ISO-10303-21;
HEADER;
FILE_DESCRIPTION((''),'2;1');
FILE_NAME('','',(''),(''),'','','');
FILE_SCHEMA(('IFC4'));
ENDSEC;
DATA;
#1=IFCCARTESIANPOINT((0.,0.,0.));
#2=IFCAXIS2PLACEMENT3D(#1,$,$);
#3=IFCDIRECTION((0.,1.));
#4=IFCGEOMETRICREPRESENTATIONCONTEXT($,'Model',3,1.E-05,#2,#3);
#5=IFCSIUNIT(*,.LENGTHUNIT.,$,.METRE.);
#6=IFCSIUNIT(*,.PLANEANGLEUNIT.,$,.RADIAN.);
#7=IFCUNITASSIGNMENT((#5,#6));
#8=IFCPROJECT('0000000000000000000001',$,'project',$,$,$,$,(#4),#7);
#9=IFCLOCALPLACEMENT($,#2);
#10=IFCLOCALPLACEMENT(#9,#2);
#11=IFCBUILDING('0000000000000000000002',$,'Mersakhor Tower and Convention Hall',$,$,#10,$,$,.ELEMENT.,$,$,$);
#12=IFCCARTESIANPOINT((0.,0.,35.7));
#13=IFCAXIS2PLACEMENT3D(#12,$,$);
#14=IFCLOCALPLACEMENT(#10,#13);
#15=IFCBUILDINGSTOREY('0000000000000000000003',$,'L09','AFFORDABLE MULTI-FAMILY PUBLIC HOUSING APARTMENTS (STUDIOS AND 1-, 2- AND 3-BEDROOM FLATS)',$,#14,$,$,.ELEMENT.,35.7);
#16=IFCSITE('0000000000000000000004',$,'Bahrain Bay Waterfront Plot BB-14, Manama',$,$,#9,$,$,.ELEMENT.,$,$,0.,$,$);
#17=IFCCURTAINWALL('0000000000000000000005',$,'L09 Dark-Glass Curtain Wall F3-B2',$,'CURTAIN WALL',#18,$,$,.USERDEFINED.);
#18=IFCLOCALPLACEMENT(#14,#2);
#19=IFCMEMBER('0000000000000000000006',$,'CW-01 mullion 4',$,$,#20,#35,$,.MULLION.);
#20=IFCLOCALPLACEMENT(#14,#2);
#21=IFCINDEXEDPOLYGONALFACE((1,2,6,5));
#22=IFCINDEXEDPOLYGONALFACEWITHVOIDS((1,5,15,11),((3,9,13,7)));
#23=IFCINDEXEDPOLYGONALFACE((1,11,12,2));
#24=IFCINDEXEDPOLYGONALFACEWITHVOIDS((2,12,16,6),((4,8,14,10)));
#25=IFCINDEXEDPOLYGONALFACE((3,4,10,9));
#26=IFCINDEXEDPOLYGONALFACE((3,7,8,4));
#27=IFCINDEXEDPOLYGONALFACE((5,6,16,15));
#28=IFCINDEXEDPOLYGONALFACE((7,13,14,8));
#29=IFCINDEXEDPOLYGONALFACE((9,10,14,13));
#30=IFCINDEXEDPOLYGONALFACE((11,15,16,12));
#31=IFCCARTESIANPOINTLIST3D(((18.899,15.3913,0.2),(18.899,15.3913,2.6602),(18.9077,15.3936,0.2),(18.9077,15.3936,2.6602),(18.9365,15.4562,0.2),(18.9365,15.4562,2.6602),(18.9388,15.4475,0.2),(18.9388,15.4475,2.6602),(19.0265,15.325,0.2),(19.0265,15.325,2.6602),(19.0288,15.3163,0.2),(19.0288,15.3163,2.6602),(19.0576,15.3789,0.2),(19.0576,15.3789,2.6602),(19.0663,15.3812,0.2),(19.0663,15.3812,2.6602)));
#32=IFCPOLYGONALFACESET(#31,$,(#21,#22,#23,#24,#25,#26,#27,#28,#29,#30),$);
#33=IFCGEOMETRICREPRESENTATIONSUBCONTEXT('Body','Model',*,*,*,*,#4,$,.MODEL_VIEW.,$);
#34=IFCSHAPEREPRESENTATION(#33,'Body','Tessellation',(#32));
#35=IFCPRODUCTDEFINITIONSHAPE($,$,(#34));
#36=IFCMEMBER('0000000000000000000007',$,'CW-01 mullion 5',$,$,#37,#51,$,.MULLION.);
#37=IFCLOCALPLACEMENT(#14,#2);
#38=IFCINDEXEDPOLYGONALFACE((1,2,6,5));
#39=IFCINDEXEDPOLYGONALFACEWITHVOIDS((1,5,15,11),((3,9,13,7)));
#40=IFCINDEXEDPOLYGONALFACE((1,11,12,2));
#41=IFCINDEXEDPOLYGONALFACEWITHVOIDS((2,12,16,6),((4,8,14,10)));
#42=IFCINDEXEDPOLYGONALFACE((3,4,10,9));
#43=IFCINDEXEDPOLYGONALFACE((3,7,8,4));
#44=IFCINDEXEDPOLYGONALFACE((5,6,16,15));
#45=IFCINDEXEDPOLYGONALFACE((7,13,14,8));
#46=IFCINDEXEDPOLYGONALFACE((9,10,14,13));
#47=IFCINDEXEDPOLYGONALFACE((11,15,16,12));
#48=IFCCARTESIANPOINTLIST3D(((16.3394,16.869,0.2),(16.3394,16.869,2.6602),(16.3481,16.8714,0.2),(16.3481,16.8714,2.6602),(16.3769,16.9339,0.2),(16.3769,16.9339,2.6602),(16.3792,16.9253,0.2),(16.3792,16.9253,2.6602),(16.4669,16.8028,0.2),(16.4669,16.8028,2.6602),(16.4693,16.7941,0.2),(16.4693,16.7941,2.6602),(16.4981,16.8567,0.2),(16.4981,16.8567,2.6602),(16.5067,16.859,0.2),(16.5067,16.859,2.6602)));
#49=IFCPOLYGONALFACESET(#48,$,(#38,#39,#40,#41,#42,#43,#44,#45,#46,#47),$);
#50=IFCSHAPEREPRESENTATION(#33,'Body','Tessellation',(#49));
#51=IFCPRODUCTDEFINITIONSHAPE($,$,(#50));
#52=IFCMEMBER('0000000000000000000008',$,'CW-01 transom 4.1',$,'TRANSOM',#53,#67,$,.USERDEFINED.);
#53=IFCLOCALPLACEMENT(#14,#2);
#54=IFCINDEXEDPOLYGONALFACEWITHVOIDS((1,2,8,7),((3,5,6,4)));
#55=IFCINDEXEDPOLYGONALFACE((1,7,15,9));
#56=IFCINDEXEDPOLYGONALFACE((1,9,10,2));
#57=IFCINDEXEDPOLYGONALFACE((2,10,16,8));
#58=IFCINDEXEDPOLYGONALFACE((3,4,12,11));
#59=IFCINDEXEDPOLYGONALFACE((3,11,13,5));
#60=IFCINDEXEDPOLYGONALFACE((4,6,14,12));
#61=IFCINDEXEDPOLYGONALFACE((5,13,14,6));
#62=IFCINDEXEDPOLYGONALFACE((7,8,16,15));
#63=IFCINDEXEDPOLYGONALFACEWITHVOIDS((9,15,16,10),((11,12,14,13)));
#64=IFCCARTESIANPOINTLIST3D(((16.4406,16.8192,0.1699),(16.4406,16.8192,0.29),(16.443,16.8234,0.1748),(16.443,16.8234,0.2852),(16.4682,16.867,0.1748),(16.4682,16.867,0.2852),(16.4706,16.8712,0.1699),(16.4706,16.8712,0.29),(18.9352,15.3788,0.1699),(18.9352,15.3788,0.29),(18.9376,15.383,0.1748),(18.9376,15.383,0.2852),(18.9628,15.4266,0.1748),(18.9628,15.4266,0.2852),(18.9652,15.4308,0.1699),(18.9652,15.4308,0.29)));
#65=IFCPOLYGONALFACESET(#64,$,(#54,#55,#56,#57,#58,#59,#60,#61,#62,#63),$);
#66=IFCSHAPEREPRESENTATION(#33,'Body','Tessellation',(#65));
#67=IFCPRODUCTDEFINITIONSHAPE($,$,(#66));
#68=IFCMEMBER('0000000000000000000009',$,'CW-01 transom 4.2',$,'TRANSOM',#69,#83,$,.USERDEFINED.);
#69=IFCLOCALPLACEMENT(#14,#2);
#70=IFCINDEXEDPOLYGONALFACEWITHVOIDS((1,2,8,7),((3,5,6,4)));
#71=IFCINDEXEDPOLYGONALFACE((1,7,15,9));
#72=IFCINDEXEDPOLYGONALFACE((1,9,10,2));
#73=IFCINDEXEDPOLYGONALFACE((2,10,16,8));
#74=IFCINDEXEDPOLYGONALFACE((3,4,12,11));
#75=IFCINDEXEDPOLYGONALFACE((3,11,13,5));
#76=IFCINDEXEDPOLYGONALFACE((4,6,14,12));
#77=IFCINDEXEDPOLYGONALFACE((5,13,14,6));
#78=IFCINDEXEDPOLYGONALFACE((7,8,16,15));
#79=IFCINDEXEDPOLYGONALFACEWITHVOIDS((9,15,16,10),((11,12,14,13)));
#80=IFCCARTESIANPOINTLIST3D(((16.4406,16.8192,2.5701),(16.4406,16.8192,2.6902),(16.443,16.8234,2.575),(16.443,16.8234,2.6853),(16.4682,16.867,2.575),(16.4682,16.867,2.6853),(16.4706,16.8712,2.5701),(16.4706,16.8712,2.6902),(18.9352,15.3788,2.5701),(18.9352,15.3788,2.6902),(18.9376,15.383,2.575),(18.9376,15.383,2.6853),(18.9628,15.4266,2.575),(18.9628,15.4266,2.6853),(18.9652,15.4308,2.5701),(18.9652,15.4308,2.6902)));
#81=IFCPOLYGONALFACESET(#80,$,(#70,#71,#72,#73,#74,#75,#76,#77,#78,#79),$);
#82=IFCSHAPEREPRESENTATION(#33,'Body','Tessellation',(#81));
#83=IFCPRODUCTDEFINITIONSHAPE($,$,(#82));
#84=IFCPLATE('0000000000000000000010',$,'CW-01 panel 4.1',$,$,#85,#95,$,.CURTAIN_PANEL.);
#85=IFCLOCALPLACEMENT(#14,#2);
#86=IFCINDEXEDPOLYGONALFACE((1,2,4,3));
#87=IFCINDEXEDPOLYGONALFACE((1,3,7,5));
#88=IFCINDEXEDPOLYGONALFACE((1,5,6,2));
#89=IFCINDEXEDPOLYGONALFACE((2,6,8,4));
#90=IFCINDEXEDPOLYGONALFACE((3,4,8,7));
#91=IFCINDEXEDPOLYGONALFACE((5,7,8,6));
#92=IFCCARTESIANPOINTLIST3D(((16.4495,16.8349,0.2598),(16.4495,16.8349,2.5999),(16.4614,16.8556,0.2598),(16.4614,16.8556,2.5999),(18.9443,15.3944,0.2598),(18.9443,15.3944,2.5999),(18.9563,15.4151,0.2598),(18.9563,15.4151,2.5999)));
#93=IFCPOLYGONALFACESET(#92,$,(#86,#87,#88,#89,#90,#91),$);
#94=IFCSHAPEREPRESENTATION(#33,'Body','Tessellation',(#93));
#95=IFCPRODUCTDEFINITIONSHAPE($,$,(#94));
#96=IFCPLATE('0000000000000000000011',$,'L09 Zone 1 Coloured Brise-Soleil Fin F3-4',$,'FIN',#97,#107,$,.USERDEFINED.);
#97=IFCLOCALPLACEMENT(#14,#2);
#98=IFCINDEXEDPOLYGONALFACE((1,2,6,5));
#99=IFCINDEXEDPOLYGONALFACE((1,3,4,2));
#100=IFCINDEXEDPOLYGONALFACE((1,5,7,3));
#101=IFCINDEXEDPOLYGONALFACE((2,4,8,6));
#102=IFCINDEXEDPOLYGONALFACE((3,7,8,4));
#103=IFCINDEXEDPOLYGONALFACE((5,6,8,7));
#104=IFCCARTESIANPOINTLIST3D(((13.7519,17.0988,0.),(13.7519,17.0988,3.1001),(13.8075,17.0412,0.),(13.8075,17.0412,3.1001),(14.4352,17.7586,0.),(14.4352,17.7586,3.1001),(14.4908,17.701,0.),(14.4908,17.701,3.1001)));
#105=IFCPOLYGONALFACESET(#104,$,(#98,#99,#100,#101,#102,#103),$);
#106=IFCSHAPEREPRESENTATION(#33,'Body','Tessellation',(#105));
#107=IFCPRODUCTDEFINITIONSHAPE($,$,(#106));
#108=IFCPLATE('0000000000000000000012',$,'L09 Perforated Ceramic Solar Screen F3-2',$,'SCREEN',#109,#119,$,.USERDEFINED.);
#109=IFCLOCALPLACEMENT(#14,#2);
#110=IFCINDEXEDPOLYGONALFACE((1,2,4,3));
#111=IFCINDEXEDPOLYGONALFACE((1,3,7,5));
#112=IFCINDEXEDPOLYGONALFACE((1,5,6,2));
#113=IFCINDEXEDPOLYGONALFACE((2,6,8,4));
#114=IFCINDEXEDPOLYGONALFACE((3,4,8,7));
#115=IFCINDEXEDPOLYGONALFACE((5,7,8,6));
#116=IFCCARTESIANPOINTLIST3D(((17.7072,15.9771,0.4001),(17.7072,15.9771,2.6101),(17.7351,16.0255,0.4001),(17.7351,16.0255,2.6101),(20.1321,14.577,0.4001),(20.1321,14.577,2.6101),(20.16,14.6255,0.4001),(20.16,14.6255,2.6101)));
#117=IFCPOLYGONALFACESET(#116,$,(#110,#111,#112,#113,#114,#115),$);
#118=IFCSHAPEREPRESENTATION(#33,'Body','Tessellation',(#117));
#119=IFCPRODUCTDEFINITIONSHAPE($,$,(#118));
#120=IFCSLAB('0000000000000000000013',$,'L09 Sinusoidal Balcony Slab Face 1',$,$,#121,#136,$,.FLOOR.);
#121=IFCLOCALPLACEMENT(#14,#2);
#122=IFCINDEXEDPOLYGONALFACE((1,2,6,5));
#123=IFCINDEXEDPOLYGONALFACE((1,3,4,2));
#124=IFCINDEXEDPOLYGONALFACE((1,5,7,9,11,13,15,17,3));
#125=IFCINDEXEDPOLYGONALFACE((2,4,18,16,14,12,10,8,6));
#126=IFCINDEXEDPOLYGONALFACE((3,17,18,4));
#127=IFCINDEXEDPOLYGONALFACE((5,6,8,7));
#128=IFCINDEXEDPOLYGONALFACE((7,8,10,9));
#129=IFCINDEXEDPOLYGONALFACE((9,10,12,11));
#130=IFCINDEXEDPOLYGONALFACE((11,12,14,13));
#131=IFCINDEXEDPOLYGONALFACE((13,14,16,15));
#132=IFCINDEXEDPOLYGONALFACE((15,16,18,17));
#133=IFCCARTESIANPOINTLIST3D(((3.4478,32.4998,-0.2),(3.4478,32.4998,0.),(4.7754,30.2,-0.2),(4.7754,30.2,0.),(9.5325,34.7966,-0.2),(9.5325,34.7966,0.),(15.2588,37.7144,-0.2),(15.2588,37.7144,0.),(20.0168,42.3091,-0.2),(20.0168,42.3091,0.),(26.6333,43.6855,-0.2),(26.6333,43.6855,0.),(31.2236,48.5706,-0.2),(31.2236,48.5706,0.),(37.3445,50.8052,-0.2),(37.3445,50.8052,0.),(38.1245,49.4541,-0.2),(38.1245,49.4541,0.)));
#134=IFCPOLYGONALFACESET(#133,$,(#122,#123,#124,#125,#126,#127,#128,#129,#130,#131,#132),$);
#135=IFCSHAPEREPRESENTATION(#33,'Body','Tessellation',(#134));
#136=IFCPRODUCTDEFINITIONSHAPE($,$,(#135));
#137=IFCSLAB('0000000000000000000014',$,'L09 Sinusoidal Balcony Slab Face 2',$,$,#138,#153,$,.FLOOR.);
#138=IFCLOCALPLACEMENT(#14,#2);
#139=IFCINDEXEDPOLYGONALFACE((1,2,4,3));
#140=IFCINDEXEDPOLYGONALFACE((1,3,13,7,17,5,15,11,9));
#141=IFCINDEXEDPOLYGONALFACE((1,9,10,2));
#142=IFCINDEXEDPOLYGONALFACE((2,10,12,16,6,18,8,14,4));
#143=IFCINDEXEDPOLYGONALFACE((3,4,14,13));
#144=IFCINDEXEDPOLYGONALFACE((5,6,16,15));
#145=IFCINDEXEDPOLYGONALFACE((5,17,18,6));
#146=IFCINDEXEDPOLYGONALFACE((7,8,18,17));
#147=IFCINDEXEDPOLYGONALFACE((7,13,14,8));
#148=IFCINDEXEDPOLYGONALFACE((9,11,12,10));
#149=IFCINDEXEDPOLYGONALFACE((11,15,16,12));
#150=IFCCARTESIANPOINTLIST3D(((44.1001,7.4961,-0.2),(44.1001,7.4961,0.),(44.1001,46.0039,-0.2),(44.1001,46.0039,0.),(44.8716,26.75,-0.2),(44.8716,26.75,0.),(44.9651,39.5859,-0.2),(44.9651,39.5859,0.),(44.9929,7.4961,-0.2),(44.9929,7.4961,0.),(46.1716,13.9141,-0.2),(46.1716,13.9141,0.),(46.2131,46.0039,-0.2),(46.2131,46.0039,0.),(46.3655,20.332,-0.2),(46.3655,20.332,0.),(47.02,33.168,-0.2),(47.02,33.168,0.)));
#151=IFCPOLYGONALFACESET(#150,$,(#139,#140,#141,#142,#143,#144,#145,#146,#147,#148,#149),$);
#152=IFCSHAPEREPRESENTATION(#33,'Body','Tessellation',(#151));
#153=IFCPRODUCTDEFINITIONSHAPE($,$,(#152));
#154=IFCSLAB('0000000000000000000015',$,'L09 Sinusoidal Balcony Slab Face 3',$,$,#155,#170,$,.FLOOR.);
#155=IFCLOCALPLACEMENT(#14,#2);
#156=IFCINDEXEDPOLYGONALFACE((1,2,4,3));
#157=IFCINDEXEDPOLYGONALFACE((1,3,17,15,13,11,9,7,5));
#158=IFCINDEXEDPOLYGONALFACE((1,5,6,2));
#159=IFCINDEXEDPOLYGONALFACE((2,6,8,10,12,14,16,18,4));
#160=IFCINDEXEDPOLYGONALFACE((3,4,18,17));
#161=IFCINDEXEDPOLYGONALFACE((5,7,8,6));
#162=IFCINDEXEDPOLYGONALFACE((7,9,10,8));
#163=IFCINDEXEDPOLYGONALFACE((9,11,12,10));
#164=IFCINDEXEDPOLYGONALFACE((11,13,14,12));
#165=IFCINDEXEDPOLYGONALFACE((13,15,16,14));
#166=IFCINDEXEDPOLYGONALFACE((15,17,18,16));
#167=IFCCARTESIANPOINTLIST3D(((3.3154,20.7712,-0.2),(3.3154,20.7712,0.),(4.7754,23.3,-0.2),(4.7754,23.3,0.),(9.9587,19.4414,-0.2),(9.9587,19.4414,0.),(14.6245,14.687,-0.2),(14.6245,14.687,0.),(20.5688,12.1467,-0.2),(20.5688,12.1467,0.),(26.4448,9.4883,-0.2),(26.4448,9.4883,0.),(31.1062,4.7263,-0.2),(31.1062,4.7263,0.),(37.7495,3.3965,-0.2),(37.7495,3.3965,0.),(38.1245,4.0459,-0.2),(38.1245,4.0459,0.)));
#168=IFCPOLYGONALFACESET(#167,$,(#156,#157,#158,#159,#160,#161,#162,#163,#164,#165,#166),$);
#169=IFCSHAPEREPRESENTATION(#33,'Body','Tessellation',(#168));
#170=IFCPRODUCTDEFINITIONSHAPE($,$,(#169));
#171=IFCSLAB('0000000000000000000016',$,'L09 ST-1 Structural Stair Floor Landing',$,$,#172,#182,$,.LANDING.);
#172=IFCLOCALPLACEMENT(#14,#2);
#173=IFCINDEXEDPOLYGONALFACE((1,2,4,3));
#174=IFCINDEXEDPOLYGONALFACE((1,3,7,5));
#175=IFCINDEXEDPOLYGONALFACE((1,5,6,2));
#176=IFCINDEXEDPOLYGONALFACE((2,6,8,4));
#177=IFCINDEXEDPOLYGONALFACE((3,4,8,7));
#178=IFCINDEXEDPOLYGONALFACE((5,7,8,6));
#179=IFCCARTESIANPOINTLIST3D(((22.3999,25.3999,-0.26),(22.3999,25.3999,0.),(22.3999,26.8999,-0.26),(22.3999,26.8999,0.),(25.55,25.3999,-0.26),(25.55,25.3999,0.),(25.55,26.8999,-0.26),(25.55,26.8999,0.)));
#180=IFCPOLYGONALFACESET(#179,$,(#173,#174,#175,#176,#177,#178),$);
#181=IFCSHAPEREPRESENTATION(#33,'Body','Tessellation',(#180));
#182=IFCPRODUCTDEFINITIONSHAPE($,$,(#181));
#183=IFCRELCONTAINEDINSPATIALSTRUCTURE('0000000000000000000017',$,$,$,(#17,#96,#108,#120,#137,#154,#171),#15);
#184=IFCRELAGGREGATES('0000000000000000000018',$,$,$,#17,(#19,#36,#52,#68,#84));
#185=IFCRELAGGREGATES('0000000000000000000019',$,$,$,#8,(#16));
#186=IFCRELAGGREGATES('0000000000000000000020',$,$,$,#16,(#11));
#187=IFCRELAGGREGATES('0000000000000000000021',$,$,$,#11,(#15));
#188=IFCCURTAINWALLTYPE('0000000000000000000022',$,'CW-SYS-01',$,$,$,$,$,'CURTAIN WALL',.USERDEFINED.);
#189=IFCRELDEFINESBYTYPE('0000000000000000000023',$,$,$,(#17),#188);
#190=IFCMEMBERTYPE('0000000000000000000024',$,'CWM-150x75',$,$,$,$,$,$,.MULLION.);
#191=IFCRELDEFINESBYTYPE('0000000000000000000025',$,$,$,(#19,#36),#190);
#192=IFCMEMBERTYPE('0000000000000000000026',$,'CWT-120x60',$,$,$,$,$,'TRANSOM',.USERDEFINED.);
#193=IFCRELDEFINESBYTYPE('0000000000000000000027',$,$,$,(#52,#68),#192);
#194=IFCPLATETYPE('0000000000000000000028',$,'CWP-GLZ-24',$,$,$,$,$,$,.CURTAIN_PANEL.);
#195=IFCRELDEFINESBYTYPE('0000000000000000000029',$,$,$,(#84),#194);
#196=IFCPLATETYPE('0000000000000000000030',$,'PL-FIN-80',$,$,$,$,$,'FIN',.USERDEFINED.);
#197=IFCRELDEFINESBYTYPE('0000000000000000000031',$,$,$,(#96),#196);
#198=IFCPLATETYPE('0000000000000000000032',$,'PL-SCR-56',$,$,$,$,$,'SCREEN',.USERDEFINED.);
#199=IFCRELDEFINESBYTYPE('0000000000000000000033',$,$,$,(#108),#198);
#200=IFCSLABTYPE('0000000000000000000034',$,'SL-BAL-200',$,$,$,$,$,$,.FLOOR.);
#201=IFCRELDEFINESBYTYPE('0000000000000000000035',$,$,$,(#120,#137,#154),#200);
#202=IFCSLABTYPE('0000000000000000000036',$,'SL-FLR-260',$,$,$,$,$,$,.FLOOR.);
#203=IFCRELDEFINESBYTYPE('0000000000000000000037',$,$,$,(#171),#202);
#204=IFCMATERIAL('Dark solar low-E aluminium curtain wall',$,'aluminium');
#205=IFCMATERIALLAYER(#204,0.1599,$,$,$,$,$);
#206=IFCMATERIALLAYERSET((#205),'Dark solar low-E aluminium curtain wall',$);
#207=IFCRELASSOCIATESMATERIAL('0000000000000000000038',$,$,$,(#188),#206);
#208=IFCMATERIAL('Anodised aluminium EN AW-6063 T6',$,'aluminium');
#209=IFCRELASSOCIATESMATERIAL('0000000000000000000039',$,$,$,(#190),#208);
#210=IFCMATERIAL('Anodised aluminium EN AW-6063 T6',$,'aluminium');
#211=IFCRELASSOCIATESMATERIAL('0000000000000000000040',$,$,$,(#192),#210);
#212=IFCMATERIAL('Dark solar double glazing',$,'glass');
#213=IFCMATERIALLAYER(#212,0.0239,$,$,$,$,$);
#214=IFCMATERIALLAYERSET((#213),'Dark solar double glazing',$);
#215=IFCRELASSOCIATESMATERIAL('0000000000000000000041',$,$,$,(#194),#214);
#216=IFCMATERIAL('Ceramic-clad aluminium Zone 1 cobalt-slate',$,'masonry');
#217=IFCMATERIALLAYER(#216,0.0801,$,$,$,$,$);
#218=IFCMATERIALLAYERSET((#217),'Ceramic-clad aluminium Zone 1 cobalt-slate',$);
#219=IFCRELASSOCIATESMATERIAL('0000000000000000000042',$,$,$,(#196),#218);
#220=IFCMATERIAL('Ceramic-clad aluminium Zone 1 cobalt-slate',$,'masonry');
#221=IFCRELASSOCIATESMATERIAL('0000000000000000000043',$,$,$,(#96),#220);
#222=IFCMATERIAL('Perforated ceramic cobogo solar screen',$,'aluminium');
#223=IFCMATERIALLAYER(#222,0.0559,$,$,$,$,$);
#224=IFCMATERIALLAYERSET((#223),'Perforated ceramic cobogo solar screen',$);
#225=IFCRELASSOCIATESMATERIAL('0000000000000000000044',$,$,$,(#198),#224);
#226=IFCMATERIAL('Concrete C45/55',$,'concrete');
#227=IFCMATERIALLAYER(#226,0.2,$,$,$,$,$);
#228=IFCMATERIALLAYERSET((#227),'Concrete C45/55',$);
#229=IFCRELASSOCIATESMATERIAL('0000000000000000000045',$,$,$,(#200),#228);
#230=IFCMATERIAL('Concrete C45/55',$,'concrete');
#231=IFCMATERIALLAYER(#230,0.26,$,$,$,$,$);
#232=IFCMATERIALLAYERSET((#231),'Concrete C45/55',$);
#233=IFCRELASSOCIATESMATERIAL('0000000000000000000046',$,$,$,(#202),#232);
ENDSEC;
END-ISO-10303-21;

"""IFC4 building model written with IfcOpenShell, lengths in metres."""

from ifc_helpers import new_model, si_unit, direction, frame, origin, origin_2d, place, context, subcontext, project, spatial, polyline, rectangle, hollow_rectangle, outline, extrude, material, layer, layer_set, material_profile, profile_set, type_object, element, aggregate, save


model = new_model("IFC4")

# Units and contexts
model_context = context("Model", 3, precision=1e-05, world=origin(), true_north=direction((0.0, 1.0)))
body_context = subcontext(model_context, "Body", "Model", "MODEL_VIEW")
ifc_project = project(units=[si_unit("LENGTHUNIT", "METRE"), si_unit("PLANEANGLEUNIT", "RADIAN")], contexts=[model_context])

# Site, building, storey
site_placement = place(None, origin())
site = spatial("IfcSite", under=ifc_project, at=site_placement, Name="Bahrain Bay Waterfront Plot BB-14, Manama", CompositionType="ELEMENT", RefElevation=0.0)
building_placement = place(site_placement, origin())
building = spatial("IfcBuilding", under=site, at=building_placement, Name="Mersakhor Tower and Convention Hall", CompositionType="ELEMENT")
storey_placement = place(building_placement, frame((0.0, 0.0, 35.7)))
storey = spatial("IfcBuildingStorey", under=building, at=storey_placement, Name="L09", Description="AFFORDABLE MULTI-FAMILY PUBLIC HOUSING APARTMENTS (STUDIOS AND 1-, 2- AND 3-BEDROOM FLATS)", CompositionType="ELEMENT", Elevation=35.7)

# Curtain wall, members, plate
ifc_material_1 = material(Name="Dark solar low-E aluminium curtain wall", Category="aluminium")
ifc_layer_1 = layer(ifc_material_1, 0.1599)
ifc_layer_set_1 = layer_set([ifc_layer_1], Name="Dark solar low-E aluminium curtain wall")
curtain_wall_type = type_object("IfcCurtainWallType", Name="CW-SYS-01", ElementType="CURTAIN WALL", PredefinedType="USERDEFINED", material=ifc_layer_set_1)
curtain_wall_placement = place(storey_placement, origin())
curtain_wall = element("IfcCurtainWall", 1, at=curtain_wall_placement, inside=storey, type_object=curtain_wall_type, Name="L09 Dark-Glass Curtain Wall F3-B2", ObjectType="CURTAIN WALL", PredefinedType="USERDEFINED")
ifc_material_2 = material(Name="Anodised aluminium EN AW-6063 T6", Category="aluminium")
ifc_material_profile_1 = material_profile(ifc_material_2, hollow_rectangle(XDim=0.075, YDim=0.1499, WallThickness=0.0063, at=origin_2d()), Name="RHS 150x75x6.3")
ifc_profile_set_1 = profile_set([ifc_material_profile_1], Name="Anodised aluminium EN AW-6063 T6")
member_type_1 = type_object("IfcMemberType", Name="CWM-150x75", PredefinedType="MULLION", material=ifc_profile_set_1)
member_1_placement = place(storey_placement, frame((18.9827, 15.3862, 0.2), z_axis=(0.0, 0.0, 1.0), x_axis=(-0.500003, -0.866023, 0.0)))
member_1 = element("IfcMember", 2, at=member_1_placement, type_object=member_type_1, Name="CW-01 mullion 4", PredefinedType="MULLION", context=body_context, shape_type="SweptSolid", body=[
    extrude(hollow_rectangle(XDim=0.075, YDim=0.1499, WallThickness=0.0063, at=origin_2d()), origin(), (0.0, 0.0, 1.0), 2.4602),
])
member_2_placement = place(storey_placement, frame((16.4231, 16.864, 0.2), z_axis=(0.0, 0.0, 1.0), x_axis=(-0.500003, -0.866023, 0.0)))
member_2 = element("IfcMember", 3, at=member_2_placement, type_object=member_type_1, Name="CW-01 mullion 5", PredefinedType="MULLION", context=body_context, shape_type="SweptSolid", body=[
    extrude(hollow_rectangle(XDim=0.075, YDim=0.1499, WallThickness=0.0063, at=origin_2d()), origin(), (0.0, 0.0, 1.0), 2.4602),
])
ifc_material_3 = material(Name="Anodised aluminium EN AW-6063 T6", Category="aluminium")
ifc_material_profile_2 = material_profile(ifc_material_3, hollow_rectangle(XDim=0.0601, YDim=0.1201, WallThickness=0.0049, at=origin_2d()), Name="RHS 120x60x5")
ifc_profile_set_2 = profile_set([ifc_material_profile_2], Name="Anodised aluminium EN AW-6063 T6")
member_type_2 = type_object("IfcMemberType", Name="CWT-120x60", ElementType="TRANSOM", PredefinedType="USERDEFINED", material=ifc_profile_set_2)
member_3_placement = place(storey_placement, frame((18.9502, 15.4048, 0.23), z_axis=(-0.866002, 0.50004, 0.0), x_axis=(-0.50004, -0.866002, 0.0)))
member_3 = element("IfcMember", 4, at=member_3_placement, type_object=member_type_2, Name="CW-01 transom 4.1", ObjectType="TRANSOM", PredefinedType="USERDEFINED", context=body_context, shape_type="SweptSolid", body=[
    extrude(hollow_rectangle(XDim=0.0601, YDim=0.1201, WallThickness=0.0049, at=origin_2d()), origin(), (0.0, 0.0, 1.0), 2.8806),
])
member_4_placement = place(storey_placement, frame((18.9502, 15.4048, 2.6301), z_axis=(-0.866002, 0.50004, 0.0), x_axis=(-0.50004, -0.866002, 0.0)))
member_4 = element("IfcMember", 5, at=member_4_placement, type_object=member_type_2, Name="CW-01 transom 4.2", ObjectType="TRANSOM", PredefinedType="USERDEFINED", context=body_context, shape_type="SweptSolid", body=[
    extrude(hollow_rectangle(XDim=0.0601, YDim=0.1201, WallThickness=0.0049, at=origin_2d()), origin(), (0.0, 0.0, 1.0), 2.8806),
])
ifc_material_4 = material(Name="Dark solar double glazing", Category="glass")
ifc_layer_2 = layer(ifc_material_4, 0.0239)
ifc_layer_set_2 = layer_set([ifc_layer_2], Name="Dark solar double glazing")
plate_type_1 = type_object("IfcPlateType", Name="CWP-GLZ-24", PredefinedType="CURTAIN_PANEL", material=ifc_layer_set_2)
plate_1_placement = place(storey_placement, frame((17.7029, 16.125, 0.2598), z_axis=(0.0, 0.0, 1.0), x_axis=(-0.866023, 0.500003, 0.0)))
plate_1 = element("IfcPlate", 6, at=plate_1_placement, type_object=plate_type_1, Name="CW-01 panel 4.1", PredefinedType="CURTAIN_PANEL", context=body_context, shape_type="SweptSolid", body=[
    extrude(rectangle(XDim=2.8809, YDim=0.0239, at=origin_2d()), origin(), (0.0, 0.0, 1.0), 2.3401),
])
aggregate(curtain_wall, [member_1, member_2, member_3, member_4, plate_1])

# Plates
ifc_material_5 = material(Name="Ceramic-clad aluminium Zone 1 cobalt-slate", Category="masonry")
ifc_material_6 = material(Name="Ceramic-clad aluminium Zone 1 cobalt-slate", Category="masonry")
ifc_layer_3 = layer(ifc_material_6, 0.0801)
ifc_layer_set_3 = layer_set([ifc_layer_3], Name="Ceramic-clad aluminium Zone 1 cobalt-slate")
plate_type_2 = type_object("IfcPlateType", Name="PL-FIN-80", ElementType="FIN", PredefinedType="USERDEFINED", material=ifc_layer_set_3)
plate_2_placement = place(storey_placement, frame((14.1213, 17.3999, 0.0), z_axis=(0.0, 0.0, 1.0), x_axis=(-0.71934, -0.694658, 0.0)))
element("IfcPlate", 7, at=plate_2_placement, inside=storey, type_object=plate_type_2, material=ifc_material_5, Name="L09 Zone 1 Coloured Brise-Soleil Fin F3-4", ObjectType="FIN", PredefinedType="USERDEFINED", context=body_context, shape_type="SweptSolid", body=[
    extrude(rectangle(XDim=0.95, YDim=0.0801, at=origin_2d()), origin(), (0.0, 0.0, 1.0), 3.1001),
])
ifc_material_7 = material(Name="Perforated ceramic cobogo solar screen", Category="aluminium")
ifc_layer_4 = layer(ifc_material_7, 0.0559)
ifc_layer_set_4 = layer_set([ifc_layer_4], Name="Perforated ceramic cobogo solar screen")
plate_type_3 = type_object("IfcPlateType", Name="PL-SCR-56", ElementType="SCREEN", PredefinedType="USERDEFINED", material=ifc_layer_set_4)
plate_3_placement = place(storey_placement, frame((18.9336, 15.3013, 0.4001), z_axis=(0.0, 0.0, 1.0), x_axis=(-0.866025, 0.5, 0.0)))
element("IfcPlate", 8, at=plate_3_placement, inside=storey, type_object=plate_type_3, Name="L09 Perforated Ceramic Solar Screen F3-2", ObjectType="SCREEN", PredefinedType="USERDEFINED", context=body_context, shape_type="SweptSolid", body=[
    extrude(rectangle(XDim=2.8, YDim=0.0559, at=origin_2d()), origin(), (0.0, 0.0, 1.0), 2.21),
])

# Slabs
ifc_material_8 = material(Name="Concrete C45/55", Category="concrete")
ifc_layer_5 = layer(ifc_material_8, 0.2)
ifc_layer_set_5 = layer_set([ifc_layer_5], Name="Concrete C45/55")
slab_type_1 = type_object("IfcSlabType", Name="SL-BAL-200", PredefinedType="FLOOR", material=ifc_layer_set_5)
slab_1_placement = place(storey_placement, frame((0.0, 0.0, -0.2)))
element("IfcSlab", 9, at=slab_1_placement, inside=storey, type_object=slab_type_1, Name="L09 Sinusoidal Balcony Slab Face 1", PredefinedType="FLOOR", context=body_context, shape_type="SweptSolid", body=[
    extrude(outline(polyline([(4.7754, 30.2), (38.1245, 49.4541), (37.3445, 50.8052), (31.2236, 48.5706), (26.6333, 43.6855), (20.0168, 42.3091), (15.2588, 37.7144), (9.5325, 34.7966), (3.4478, 32.4998), (4.7754, 30.2)])), origin(), (0.0, 0.0, 1.0), 0.2),
])
slab_2_placement = place(storey_placement, frame((0.0, 0.0, -0.2)))
element("IfcSlab", 10, at=slab_2_placement, inside=storey, type_object=slab_type_1, Name="L09 Sinusoidal Balcony Slab Face 2", PredefinedType="FLOOR", context=body_context, shape_type="SweptSolid", body=[
    extrude(outline(polyline([(44.1001, 46.0039), (44.1001, 7.4961), (44.9929, 7.4961), (46.1716, 13.9141), (46.3655, 20.332), (44.8716, 26.75), (47.02, 33.168), (44.9651, 39.5859), (46.2131, 46.0039), (44.1001, 46.0039)])), origin(), (0.0, 0.0, 1.0), 0.2),
])
slab_3_placement = place(storey_placement, frame((0.0, 0.0, -0.2)))
element("IfcSlab", 11, at=slab_3_placement, inside=storey, type_object=slab_type_1, Name="L09 Sinusoidal Balcony Slab Face 3", PredefinedType="FLOOR", context=body_context, shape_type="SweptSolid", body=[
    extrude(outline(polyline([(38.1245, 4.0459), (4.7754, 23.3), (3.3154, 20.7712), (9.9587, 19.4414), (14.6245, 14.687), (20.5688, 12.1467), (26.4448, 9.4883), (31.1062, 4.7263), (37.7495, 3.3965), (38.1245, 4.0459)])), origin(), (0.0, 0.0, 1.0), 0.2),
])
ifc_material_9 = material(Name="Concrete C45/55", Category="concrete")
ifc_layer_6 = layer(ifc_material_9, 0.26)
ifc_layer_set_6 = layer_set([ifc_layer_6], Name="Concrete C45/55")
slab_type_2 = type_object("IfcSlabType", Name="SL-FLR-260", PredefinedType="FLOOR", material=ifc_layer_set_6)
slab_4_placement = place(storey_placement, frame((0.0, 0.0, -0.26)))
element("IfcSlab", 12, at=slab_4_placement, inside=storey, type_object=slab_type_2, Name="L09 ST-1 Structural Stair Floor Landing", PredefinedType="LANDING", context=body_context, shape_type="SweptSolid", body=[
    extrude(outline(polyline([(25.55, 25.3999), (25.55, 26.8999), (22.3999, 26.8999), (22.3999, 25.3999), (25.55, 25.3999)])), origin(), (0.0, 0.0, 1.0), 0.26),
])

save(model, "model.ifc")
